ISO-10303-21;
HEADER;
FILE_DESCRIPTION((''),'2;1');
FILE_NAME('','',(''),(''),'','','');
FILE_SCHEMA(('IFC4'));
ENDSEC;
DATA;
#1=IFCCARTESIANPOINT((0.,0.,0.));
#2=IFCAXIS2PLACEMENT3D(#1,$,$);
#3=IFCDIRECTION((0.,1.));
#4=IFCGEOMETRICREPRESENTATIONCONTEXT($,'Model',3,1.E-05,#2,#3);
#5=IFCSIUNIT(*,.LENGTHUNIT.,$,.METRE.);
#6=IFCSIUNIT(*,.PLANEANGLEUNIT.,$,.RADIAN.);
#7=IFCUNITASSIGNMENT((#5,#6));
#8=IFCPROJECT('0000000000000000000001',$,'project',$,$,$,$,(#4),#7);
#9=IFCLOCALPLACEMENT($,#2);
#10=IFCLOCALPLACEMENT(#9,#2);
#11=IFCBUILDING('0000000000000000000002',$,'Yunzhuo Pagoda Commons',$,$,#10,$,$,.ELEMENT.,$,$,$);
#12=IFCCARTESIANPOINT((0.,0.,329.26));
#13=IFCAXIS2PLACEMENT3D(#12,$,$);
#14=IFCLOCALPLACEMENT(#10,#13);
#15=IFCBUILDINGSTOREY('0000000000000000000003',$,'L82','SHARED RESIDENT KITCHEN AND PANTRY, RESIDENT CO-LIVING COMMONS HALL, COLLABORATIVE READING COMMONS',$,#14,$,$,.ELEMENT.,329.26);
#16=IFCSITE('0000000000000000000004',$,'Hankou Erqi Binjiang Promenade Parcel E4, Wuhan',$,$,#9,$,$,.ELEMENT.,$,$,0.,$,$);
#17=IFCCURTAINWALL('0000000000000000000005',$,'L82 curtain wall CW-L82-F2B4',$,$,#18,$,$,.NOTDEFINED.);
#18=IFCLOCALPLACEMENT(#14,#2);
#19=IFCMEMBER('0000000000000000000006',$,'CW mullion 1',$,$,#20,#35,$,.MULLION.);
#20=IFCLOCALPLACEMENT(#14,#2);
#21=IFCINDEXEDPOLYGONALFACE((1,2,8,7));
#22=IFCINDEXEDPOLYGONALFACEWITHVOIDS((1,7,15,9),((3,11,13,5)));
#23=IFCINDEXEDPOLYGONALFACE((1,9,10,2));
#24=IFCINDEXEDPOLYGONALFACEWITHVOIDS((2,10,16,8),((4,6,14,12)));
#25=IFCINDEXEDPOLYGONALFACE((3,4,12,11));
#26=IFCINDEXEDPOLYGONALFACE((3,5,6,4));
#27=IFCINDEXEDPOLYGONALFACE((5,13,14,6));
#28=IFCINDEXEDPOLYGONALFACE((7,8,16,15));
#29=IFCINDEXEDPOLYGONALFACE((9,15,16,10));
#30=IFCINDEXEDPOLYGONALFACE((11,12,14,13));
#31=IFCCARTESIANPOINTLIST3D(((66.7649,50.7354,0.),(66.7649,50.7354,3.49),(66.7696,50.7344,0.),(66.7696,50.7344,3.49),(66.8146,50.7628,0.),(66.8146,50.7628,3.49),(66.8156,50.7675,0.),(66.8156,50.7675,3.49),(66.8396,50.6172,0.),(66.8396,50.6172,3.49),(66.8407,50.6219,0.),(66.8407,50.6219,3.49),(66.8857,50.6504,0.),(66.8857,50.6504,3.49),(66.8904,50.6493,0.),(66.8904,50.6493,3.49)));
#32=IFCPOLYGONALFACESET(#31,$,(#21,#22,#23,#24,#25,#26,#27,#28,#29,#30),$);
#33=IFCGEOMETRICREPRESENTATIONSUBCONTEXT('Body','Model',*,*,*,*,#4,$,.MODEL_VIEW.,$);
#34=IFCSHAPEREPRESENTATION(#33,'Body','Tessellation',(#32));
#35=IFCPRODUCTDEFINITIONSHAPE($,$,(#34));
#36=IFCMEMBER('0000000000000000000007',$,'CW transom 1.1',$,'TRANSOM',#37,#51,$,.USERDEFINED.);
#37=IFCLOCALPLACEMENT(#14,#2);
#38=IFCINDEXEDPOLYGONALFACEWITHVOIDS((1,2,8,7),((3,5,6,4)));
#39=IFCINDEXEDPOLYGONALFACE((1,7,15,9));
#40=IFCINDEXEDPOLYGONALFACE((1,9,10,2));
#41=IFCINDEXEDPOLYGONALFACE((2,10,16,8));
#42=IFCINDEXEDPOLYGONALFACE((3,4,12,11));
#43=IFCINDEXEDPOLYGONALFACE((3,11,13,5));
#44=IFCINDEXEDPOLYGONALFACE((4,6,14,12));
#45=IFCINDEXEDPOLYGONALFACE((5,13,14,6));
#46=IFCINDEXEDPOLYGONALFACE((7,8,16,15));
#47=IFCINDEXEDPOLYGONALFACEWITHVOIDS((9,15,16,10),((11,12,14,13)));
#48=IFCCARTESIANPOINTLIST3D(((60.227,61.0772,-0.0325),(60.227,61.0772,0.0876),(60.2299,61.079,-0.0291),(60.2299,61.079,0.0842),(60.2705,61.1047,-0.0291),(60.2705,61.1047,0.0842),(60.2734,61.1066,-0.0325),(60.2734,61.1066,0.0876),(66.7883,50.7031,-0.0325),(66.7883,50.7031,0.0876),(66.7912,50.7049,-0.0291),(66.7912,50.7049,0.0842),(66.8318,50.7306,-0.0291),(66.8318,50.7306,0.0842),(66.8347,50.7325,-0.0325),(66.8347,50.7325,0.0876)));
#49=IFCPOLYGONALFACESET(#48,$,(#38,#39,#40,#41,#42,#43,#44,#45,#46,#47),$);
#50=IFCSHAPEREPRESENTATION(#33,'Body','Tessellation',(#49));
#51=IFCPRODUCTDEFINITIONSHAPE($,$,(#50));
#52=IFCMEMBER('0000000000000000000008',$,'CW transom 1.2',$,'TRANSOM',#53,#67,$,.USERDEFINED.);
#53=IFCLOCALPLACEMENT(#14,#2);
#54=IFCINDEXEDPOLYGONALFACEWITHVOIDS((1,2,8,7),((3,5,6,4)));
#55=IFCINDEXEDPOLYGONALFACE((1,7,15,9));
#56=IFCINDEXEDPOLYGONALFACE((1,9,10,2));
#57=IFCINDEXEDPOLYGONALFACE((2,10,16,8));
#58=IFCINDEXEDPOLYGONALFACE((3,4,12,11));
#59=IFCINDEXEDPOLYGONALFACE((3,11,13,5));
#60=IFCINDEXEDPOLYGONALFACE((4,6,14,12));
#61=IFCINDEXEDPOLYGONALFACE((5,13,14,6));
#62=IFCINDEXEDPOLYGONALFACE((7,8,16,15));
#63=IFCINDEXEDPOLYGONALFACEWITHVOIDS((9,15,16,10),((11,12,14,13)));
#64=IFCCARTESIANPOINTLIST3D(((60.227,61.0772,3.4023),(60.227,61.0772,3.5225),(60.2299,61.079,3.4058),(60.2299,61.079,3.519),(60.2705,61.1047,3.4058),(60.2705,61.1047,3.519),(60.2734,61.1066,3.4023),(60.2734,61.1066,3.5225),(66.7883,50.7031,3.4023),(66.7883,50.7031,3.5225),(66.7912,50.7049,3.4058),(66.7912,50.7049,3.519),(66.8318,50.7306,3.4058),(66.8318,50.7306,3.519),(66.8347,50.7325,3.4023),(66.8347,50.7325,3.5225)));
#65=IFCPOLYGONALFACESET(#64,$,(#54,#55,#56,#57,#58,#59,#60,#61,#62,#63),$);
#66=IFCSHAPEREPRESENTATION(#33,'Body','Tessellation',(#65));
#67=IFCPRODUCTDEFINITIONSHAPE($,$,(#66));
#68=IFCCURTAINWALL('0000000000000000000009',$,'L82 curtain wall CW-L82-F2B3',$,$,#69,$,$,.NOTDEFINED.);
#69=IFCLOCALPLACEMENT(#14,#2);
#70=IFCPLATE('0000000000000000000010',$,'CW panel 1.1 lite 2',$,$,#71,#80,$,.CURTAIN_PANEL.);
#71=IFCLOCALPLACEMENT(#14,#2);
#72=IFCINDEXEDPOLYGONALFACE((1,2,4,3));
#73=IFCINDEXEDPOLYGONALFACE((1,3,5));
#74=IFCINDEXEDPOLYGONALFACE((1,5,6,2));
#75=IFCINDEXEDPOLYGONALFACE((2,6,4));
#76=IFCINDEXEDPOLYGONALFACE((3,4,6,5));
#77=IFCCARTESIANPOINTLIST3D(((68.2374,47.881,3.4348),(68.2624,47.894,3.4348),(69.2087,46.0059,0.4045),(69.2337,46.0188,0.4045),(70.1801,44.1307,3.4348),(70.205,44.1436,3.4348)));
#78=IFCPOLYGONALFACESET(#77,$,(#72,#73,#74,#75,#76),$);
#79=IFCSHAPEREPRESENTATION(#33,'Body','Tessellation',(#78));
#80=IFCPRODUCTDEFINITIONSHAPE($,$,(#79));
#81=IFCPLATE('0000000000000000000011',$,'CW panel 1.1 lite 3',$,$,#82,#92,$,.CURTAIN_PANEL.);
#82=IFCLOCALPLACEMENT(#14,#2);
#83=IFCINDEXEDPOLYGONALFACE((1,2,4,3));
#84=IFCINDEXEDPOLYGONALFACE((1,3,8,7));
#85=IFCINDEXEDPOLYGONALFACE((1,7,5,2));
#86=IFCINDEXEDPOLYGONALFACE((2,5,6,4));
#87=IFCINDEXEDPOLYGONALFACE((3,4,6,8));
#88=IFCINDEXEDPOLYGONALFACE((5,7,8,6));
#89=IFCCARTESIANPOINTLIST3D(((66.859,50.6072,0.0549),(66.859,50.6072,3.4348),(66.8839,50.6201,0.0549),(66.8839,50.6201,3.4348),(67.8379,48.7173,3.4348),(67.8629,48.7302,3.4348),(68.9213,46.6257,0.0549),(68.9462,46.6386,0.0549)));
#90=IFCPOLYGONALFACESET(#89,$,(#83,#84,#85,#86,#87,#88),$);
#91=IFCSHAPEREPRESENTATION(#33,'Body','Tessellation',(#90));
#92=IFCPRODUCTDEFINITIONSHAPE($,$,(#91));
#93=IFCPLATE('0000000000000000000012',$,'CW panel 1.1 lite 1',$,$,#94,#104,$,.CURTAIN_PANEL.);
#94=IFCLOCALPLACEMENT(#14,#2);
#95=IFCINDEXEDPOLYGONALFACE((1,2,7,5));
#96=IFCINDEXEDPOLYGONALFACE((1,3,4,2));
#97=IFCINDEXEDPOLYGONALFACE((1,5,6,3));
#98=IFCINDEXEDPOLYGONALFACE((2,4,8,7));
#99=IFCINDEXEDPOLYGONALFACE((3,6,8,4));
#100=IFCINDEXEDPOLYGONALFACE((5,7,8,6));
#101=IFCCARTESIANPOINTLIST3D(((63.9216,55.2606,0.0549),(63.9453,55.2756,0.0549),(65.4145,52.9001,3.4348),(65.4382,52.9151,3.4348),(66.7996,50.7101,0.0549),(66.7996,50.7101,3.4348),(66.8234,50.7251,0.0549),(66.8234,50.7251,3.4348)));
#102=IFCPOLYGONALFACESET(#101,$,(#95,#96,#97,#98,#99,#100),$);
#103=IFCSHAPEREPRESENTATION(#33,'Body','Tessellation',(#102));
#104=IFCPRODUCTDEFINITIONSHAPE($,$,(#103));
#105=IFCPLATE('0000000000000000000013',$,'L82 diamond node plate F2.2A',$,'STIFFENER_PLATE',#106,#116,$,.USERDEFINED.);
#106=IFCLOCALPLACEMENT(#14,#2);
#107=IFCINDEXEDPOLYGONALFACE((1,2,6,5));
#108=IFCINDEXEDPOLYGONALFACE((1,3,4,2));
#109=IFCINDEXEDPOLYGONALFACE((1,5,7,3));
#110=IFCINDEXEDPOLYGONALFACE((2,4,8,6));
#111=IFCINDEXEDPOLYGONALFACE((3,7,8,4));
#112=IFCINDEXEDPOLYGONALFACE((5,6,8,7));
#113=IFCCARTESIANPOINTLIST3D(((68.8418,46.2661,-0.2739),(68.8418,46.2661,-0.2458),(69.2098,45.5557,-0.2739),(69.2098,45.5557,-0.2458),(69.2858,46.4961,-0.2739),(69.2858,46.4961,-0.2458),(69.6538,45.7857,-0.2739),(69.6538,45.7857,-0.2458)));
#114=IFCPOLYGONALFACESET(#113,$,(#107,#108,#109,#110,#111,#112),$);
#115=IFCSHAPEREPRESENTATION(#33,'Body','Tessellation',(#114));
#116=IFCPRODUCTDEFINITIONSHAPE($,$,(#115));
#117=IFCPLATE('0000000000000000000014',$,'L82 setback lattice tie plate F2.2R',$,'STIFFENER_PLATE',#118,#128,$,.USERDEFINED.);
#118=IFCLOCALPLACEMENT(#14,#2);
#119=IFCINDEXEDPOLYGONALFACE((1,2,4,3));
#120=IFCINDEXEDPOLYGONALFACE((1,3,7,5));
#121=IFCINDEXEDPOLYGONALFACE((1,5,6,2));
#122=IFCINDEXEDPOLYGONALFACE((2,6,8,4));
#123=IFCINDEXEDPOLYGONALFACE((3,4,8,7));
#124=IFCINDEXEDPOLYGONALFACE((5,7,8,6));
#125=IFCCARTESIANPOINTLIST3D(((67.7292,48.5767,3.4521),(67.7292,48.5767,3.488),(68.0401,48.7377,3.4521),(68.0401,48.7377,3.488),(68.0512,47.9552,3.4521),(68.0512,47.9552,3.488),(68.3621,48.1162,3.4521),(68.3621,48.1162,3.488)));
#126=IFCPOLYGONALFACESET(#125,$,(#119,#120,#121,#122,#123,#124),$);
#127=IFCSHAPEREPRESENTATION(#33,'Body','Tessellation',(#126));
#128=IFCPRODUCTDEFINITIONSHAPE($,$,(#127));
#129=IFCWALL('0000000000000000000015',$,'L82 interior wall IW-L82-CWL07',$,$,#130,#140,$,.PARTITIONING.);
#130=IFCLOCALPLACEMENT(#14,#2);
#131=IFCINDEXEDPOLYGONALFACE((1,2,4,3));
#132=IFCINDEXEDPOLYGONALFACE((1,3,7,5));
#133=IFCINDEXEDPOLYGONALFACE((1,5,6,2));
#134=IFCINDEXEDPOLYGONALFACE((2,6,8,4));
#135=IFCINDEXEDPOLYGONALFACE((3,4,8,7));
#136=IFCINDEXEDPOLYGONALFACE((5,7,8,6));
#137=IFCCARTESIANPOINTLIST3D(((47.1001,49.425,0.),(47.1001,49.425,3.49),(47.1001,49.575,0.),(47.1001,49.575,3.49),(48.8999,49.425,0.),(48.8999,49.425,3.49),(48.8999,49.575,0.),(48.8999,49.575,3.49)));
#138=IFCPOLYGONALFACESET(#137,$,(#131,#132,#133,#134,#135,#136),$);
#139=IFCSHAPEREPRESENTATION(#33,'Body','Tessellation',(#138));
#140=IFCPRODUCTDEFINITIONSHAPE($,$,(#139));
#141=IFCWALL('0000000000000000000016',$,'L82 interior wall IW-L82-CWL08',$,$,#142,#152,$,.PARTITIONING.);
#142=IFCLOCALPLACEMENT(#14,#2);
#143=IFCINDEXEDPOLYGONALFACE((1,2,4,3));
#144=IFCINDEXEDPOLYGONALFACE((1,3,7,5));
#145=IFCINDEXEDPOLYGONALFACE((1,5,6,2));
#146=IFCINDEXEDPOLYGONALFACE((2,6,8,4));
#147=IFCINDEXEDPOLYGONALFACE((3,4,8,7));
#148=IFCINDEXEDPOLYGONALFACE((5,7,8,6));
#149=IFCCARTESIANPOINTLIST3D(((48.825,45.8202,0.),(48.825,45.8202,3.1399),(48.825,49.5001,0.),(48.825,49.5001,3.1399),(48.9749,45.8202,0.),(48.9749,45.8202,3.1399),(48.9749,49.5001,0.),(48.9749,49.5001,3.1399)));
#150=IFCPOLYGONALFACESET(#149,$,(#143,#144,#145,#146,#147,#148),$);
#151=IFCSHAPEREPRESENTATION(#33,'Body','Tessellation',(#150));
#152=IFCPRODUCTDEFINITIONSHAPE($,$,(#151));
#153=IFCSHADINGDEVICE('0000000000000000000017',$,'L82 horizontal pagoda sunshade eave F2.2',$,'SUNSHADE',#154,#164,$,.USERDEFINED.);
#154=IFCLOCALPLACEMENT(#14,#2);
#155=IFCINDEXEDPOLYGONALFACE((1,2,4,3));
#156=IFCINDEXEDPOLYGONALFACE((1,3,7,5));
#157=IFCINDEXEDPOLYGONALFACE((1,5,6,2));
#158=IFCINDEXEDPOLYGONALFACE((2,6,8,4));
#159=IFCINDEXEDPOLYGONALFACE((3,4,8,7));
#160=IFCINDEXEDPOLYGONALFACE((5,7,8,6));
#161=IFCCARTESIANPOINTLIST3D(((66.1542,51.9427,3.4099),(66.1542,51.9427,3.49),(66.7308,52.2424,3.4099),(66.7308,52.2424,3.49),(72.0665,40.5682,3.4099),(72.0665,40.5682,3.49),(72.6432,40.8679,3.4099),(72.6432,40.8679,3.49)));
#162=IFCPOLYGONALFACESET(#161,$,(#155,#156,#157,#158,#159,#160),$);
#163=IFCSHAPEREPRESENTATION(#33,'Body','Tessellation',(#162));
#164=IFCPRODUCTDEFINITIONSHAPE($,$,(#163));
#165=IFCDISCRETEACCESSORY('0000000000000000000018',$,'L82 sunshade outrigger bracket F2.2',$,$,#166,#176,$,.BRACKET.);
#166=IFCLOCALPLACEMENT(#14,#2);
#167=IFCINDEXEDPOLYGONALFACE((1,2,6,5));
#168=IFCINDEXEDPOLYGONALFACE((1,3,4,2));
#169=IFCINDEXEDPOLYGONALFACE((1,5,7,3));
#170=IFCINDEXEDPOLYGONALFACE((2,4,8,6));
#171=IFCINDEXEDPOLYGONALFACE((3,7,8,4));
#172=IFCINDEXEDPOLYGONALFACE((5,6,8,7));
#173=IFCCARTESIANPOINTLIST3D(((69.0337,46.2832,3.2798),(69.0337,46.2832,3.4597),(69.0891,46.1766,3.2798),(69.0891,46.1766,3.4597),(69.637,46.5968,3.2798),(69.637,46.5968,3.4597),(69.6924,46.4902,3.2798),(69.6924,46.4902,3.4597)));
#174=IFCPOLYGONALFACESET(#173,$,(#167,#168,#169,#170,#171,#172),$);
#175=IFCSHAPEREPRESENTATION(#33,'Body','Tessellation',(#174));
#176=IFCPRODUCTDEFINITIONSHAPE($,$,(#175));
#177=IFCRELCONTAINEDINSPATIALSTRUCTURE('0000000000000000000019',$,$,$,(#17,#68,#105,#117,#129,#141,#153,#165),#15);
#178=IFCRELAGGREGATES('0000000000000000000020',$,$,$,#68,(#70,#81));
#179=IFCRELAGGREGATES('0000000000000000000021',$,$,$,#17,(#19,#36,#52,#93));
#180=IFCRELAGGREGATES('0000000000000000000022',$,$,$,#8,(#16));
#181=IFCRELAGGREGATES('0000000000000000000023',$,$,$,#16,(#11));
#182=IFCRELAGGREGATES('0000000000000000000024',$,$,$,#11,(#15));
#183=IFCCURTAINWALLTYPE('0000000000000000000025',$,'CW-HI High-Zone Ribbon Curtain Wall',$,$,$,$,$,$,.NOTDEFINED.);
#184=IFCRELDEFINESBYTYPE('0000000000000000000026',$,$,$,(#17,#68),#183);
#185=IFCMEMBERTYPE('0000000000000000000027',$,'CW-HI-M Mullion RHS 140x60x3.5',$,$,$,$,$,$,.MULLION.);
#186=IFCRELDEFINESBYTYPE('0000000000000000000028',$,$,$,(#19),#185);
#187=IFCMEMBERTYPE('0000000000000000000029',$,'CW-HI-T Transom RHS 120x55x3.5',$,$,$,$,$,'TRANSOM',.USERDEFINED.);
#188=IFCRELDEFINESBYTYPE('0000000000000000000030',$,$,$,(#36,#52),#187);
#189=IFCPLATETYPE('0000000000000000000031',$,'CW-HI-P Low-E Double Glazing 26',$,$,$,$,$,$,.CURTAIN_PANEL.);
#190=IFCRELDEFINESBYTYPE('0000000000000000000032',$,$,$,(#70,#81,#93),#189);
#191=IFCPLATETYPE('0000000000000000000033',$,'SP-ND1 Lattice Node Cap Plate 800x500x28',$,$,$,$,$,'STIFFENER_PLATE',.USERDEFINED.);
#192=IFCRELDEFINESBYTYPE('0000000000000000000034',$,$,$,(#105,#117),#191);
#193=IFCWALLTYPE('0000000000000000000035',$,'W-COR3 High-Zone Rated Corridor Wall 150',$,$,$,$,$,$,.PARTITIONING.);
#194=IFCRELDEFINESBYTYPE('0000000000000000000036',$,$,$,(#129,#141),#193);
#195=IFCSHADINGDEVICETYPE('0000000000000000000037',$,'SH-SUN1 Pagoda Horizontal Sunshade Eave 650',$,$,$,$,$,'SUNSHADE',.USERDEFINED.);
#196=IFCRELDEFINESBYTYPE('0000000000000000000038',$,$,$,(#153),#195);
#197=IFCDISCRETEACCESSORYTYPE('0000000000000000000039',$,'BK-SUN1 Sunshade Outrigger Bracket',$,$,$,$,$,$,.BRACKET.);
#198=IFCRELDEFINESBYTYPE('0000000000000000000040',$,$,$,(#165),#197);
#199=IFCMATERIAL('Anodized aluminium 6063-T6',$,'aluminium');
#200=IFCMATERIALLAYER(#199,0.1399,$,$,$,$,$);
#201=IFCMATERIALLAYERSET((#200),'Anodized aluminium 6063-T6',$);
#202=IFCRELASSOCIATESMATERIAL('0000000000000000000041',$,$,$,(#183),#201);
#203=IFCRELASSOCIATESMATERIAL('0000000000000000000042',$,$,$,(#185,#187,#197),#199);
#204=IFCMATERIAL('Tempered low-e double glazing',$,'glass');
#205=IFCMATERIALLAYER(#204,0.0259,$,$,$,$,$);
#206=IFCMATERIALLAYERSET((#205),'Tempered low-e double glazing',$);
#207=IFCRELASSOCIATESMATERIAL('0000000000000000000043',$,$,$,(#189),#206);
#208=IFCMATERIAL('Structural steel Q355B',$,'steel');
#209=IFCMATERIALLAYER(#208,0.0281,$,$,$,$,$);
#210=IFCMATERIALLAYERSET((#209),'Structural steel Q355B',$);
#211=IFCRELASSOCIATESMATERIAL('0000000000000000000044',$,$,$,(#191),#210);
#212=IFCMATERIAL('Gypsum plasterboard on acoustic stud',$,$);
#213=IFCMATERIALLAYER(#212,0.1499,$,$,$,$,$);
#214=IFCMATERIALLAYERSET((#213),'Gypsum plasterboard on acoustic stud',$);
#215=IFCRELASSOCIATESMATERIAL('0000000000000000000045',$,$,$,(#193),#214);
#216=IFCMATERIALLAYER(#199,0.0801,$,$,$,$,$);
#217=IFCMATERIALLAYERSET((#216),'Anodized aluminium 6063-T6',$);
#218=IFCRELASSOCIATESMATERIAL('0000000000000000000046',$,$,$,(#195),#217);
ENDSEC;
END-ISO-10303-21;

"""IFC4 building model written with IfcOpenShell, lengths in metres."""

from ifc_helpers import new_model, si_unit, direction, frame, frame_2d, origin, origin_2d, place, context, subcontext, project, spatial, polyline, rectangle, hollow_rectangle, outline, extrude, source, transform, mapped, material, layer, layer_set, material_profile, profile_set, type_object, element, aggregate, save


model = new_model("IFC4")

# Units and contexts
model_context = context("Model", 3, precision=1e-05, world=origin(), true_north=direction((0.0, 1.0)))
body_context = subcontext(model_context, "Body", "Model", "MODEL_VIEW")
ifc_project = project(units=[si_unit("LENGTHUNIT", "METRE"), si_unit("PLANEANGLEUNIT", "RADIAN")], contexts=[model_context])

# Site, building, storey
site_placement = place(None, origin())
site = spatial("IfcSite", under=ifc_project, at=site_placement, Name="Hankou Erqi Binjiang Promenade Parcel E4, Wuhan", CompositionType="ELEMENT", RefElevation=0.0)
building_placement = place(site_placement, origin())
building = spatial("IfcBuilding", under=site, at=building_placement, Name="Yunzhuo Pagoda Commons", CompositionType="ELEMENT")
storey_placement = place(building_placement, frame((0.0, 0.0, 329.26)))
storey = spatial("IfcBuildingStorey", under=building, at=storey_placement, Name="L82", Description="SHARED RESIDENT KITCHEN AND PANTRY, RESIDENT CO-LIVING COMMONS HALL, COLLABORATIVE READING COMMONS", CompositionType="ELEMENT", Elevation=329.26)

# Shared definitions
ifc_material_1 = material(Name="Structural steel Q355B", Category="steel")

# Curtain wall, members
ifc_material_2 = material(Name="Anodized aluminium 6063-T6", Category="aluminium")
ifc_layer_1 = layer(ifc_material_2, 0.1399)
ifc_layer_set_1 = layer_set([ifc_layer_1], Name="Anodized aluminium 6063-T6")
curtain_wall_type = type_object("IfcCurtainWallType", Name="CW-HI High-Zone Ribbon Curtain Wall", PredefinedType="NOTDEFINED", material=ifc_layer_set_1)
curtain_wall_1_placement = place(storey_placement, origin())
curtain_wall_1 = element("IfcCurtainWall", 1, at=curtain_wall_1_placement, inside=storey, type_object=curtain_wall_type, Name="L82 curtain wall CW-L82-F2B4", PredefinedType="NOTDEFINED")
ifc_material_profile_1 = material_profile(ifc_material_2, hollow_rectangle(XDim=0.0601, YDim=0.1399, WallThickness=0.0034, at=origin_2d()), Name="Anodized aluminium 6063-T6")
ifc_profile_set_1 = profile_set([ifc_material_profile_1], Name="Anodized aluminium 6063-T6")
member_type_1 = type_object("IfcMemberType", Name="CW-HI-M Mullion RHS 140x60x3.5", PredefinedType="MULLION", material=ifc_profile_set_1)
shared_shape_1 = source(origin(), body_context, "Body", "SweptSolid", [
    extrude(hollow_rectangle(XDim=0.0601, YDim=0.1399, WallThickness=0.0034, at=origin_2d()), origin(), (0.0, 0.0, 1.0), 3.49),
])
member_1_placement = place(storey_placement, frame((66.8276, 50.6924, 0.0), z_axis=(0.0, 0.0, 1.0), x_axis=(-0.845149, -0.534531, 0.0)))
member_1 = element("IfcMember", 2, at=member_1_placement, type_object=member_type_1, Name="CW mullion 1", PredefinedType="MULLION", context=body_context, shape_type="MappedRepresentation", body=[
    mapped(shared_shape_1, transform((0.0, 0.0, 0.0), scale=1.0)),
])
ifc_material_profile_2 = material_profile(ifc_material_2, hollow_rectangle(XDim=0.0549, YDim=0.1201, WallThickness=0.0034, at=origin_2d()), Name="Anodized aluminium 6063-T6")
ifc_profile_set_2 = profile_set([ifc_material_profile_2], Name="Anodized aluminium 6063-T6")
member_type_2 = type_object("IfcMemberType", Name="CW-HI-T Transom RHS 120x55x3.5", ElementType="TRANSOM", PredefinedType="USERDEFINED", material=ifc_profile_set_2)
shared_shape_2 = source(origin(), body_context, "Body", "SweptSolid", [
    extrude(hollow_rectangle(XDim=0.0549, YDim=0.1201, WallThickness=0.0034, at=origin_2d()), origin(), (0.0, 0.0, 1.0), 12.2749),
])
member_2_placement = place(storey_placement, frame((66.8115, 50.7178, 0.0276), z_axis=(-0.534532, 0.845148, 0.0), x_axis=(-0.845148, -0.534532, 0.0)))
member_2 = element("IfcMember", 3, at=member_2_placement, type_object=member_type_2, Name="CW transom 1.1", ObjectType="TRANSOM", PredefinedType="USERDEFINED", context=body_context, shape_type="MappedRepresentation", body=[
    mapped(shared_shape_2, transform((0.0, 0.0, 0.0), scale=1.0)),
])
member_3_placement = place(storey_placement, frame((66.8115, 50.7178, 3.4624), z_axis=(-0.534532, 0.845148, 0.0), x_axis=(-0.845148, -0.534532, 0.0)))
member_3 = element("IfcMember", 4, at=member_3_placement, type_object=member_type_2, Name="CW transom 1.2", ObjectType="TRANSOM", PredefinedType="USERDEFINED", context=body_context, shape_type="MappedRepresentation", body=[
    mapped(shared_shape_2, transform((0.0, 0.0, 0.0), scale=1.0)),
])

# Curtain wall, plates
curtain_wall_2_placement = place(storey_placement, origin())
curtain_wall_2 = element("IfcCurtainWall", 5, at=curtain_wall_2_placement, inside=storey, type_object=curtain_wall_type, Name="L82 curtain wall CW-L82-F2B3", PredefinedType="NOTDEFINED")
ifc_material_3 = material(Name="Tempered low-e double glazing", Category="glass")
ifc_layer_2 = layer(ifc_material_3, 0.0259)
ifc_layer_set_2 = layer_set([ifc_layer_2], Name="Tempered low-e double glazing")
plate_type_1 = type_object("IfcPlateType", Name="CW-HI-P Low-E Double Glazing 26", PredefinedType="CURTAIN_PANEL", material=ifc_layer_set_2)
plate_1_placement = place(storey_placement, frame((69.2087, 46.0059, 1.9197), z_axis=(0.887948, 0.459945, 0.0), x_axis=(-0.459945, 0.887948, 0.0)))
plate_1 = element("IfcPlate", 6, at=plate_1_placement, type_object=plate_type_1, Name="CW panel 1.1 lite 2", PredefinedType="CURTAIN_PANEL", context=body_context, shape_type="SweptSolid", body=[
    extrude(outline(polyline([(-2.1118, 1.5151), (0.0, -1.5151), (2.1118, 1.5151), (-2.1118, 1.5151)])), origin(), (0.0, 0.0, 1.0), 0.0281),
])
plate_2_placement = place(storey_placement, frame((67.8901, 48.6165, 1.7449), z_axis=(0.887948, 0.459945, 0.0), x_axis=(-0.459945, 0.887948, 0.0)))
plate_2 = element("IfcPlate", 7, at=plate_2_placement, type_object=plate_type_1, Name="CW panel 1.1 lite 3", PredefinedType="CURTAIN_PANEL", context=body_context, shape_type="SweptSolid", body=[
    extrude(outline(polyline([(-2.2419, -1.6899), (2.2419, -1.6899), (2.2419, 1.6899), (0.1135, 1.6899), (-2.2419, -1.6899)])), origin(), (0.0, 0.0, 1.0), 0.0281),
])
aggregate(curtain_wall_2, [plate_1, plate_2])

# Plate
plate_3_placement = place(storey_placement, frame((65.3606, 52.9854, 1.7449), z_axis=(0.845149, 0.534531, 0.0), x_axis=(-0.534531, 0.845149, 0.0)))
plate_3 = element("IfcPlate", 8, at=plate_3_placement, type_object=plate_type_1, Name="CW panel 1.1 lite 1", PredefinedType="CURTAIN_PANEL", context=body_context, shape_type="SweptSolid", body=[
    extrude(outline(polyline([(-2.6921, -1.6899), (2.6921, -1.6899), (-0.1008, 1.6899), (-2.6921, 1.6899), (-2.6921, -1.6899)])), origin(), (0.0, 0.0, 1.0), 0.0281),
])
aggregate(curtain_wall_1, [member_1, member_2, member_3, plate_3])

# Plates
ifc_layer_3 = layer(ifc_material_1, 0.0281)
ifc_layer_set_3 = layer_set([ifc_layer_3], Name="Structural steel Q355B")
plate_type_2 = type_object("IfcPlateType", Name="SP-ND1 Lattice Node Cap Plate 800x500x28", ElementType="STIFFENER_PLATE", PredefinedType="USERDEFINED", material=ifc_layer_set_3)
shared_shape_3 = source(origin(), body_context, "Body", "SweptSolid", [
    extrude(rectangle(XDim=0.8, YDim=0.5, at=origin_2d()), origin(), (0.0, 0.0, 1.0), 0.0281),
])
plate_4_placement = place(storey_placement, frame((69.2478, 46.0259, -0.2739), z_axis=(0.0, 0.0, 1.0), x_axis=(-0.459952, 0.887944, 0.0)))
element("IfcPlate", 9, at=plate_4_placement, inside=storey, type_object=plate_type_2, Name="L82 diamond node plate F2.2A", ObjectType="STIFFENER_PLATE", PredefinedType="USERDEFINED", context=body_context, shape_type="MappedRepresentation", body=[
    mapped(shared_shape_3, transform((0.0, 0.0, 0.0), scale=1.0)),
])
shared_shape_4 = source(origin(), body_context, "Body", "SweptSolid", [
    extrude(rectangle(XDim=0.7, YDim=0.3501, at=origin_2d()), origin(), (0.0, 0.0, 1.0), 0.0359),
])
plate_5_placement = place(storey_placement, frame((68.0457, 48.3464, 3.4521), z_axis=(0.0, 0.0, 1.0), x_axis=(-0.459952, 0.887944, 0.0)))
element("IfcPlate", 10, at=plate_5_placement, inside=storey, type_object=plate_type_2, Name="L82 setback lattice tie plate F2.2R", ObjectType="STIFFENER_PLATE", PredefinedType="USERDEFINED", context=body_context, shape_type="MappedRepresentation", body=[
    mapped(shared_shape_4, transform((0.0, 0.0, 0.0), scale=1.0)),
])

# Shared definitions
ifc_material_4 = material(Name="Gypsum plasterboard on acoustic stud")
ifc_layer_4 = layer(ifc_material_4, 0.1499)
ifc_layer_set_4 = layer_set([ifc_layer_4], Name="Gypsum plasterboard on acoustic stud")
wall_type = type_object("IfcWallType", Name="W-COR3 High-Zone Rated Corridor Wall 150", PredefinedType="PARTITIONING", material=ifc_layer_set_4)

# Walls
wall_1_placement = place(storey_placement, frame((47.1001, 49.5, 0.0), z_axis=(0.0, 0.0, 1.0), x_axis=(1.0, 0.0, 0.0)))
element("IfcWall", 11, at=wall_1_placement, inside=storey, type_object=wall_type, Name="L82 interior wall IW-L82-CWL07", PredefinedType="PARTITIONING", context=body_context, shape_type="SweptSolid", body=[
    extrude(rectangle(XDim=1.7998, YDim=0.1499, at=frame_2d((0.8999, 0.0))), origin(), (0.0, 0.0, 1.0), 3.49),
])
wall_2_placement = place(storey_placement, frame((48.8999, 49.5, 0.0), z_axis=(0.0, 0.0, 1.0), x_axis=(0.0, -1.0, 0.0)))
element("IfcWall", 12, at=wall_2_placement, inside=storey, type_object=wall_type, Name="L82 interior wall IW-L82-CWL08", PredefinedType="PARTITIONING", context=body_context, shape_type="SweptSolid", body=[
    extrude(rectangle(XDim=3.6799, YDim=0.1499, at=frame_2d((1.8398, 0.0))), origin(), (0.0, 0.0, 1.0), 3.1399),
])

# Shading device
ifc_layer_5 = layer(ifc_material_2, 0.0801)
ifc_layer_set_5 = layer_set([ifc_layer_5], Name="Anodized aluminium 6063-T6")
shading_device_type = type_object("IfcShadingDeviceType", Name="SH-SUN1 Pagoda Horizontal Sunshade Eave 650", ElementType="SUNSHADE", PredefinedType="USERDEFINED", material=ifc_layer_set_5)
shared_shape_5 = source(origin(), body_context, "Body", "SweptSolid", [
    extrude(rectangle(XDim=12.8193, YDim=0.6499, at=origin_2d()), origin(), (0.0, 0.0, 1.0), 0.0801),
])
shading_device_placement = place(storey_placement, frame((69.3987, 46.4053, 3.4099), z_axis=(0.0, 0.0, 1.0), x_axis=(-0.461207, 0.887293, 0.0)))
element("IfcShadingDevice", 13, at=shading_device_placement, inside=storey, type_object=shading_device_type, Name="L82 horizontal pagoda sunshade eave F2.2", ObjectType="SUNSHADE", PredefinedType="USERDEFINED", context=body_context, shape_type="MappedRepresentation", body=[
    mapped(shared_shape_5, transform((0.0, 0.0, 0.0), scale=1.0)),
])

# Discrete accessory
discrete_accessory_type = type_object("IfcDiscreteAccessoryType", Name="BK-SUN1 Sunshade Outrigger Bracket", PredefinedType="BRACKET", material=ifc_material_2)
shared_shape_6 = source(origin(), body_context, "Body", "SweptSolid", [
    extrude(rectangle(XDim=0.1201, YDim=0.6799, at=origin_2d()), origin(), (0.0, 0.0, 1.0), 0.1799),
])
discrete_accessory_placement = place(storey_placement, frame((69.363, 46.3867, 3.2798), z_axis=(0.0, 0.0, 1.0), x_axis=(-0.461207, 0.887293, 0.0)))
element("IfcDiscreteAccessory", 14, at=discrete_accessory_placement, inside=storey, type_object=discrete_accessory_type, Name="L82 sunshade outrigger bracket F2.2", PredefinedType="BRACKET", context=body_context, shape_type="MappedRepresentation", body=[
    mapped(shared_shape_6, transform((0.0, 0.0, 0.0), scale=1.0)),
])

save(model, "model.ifc")
